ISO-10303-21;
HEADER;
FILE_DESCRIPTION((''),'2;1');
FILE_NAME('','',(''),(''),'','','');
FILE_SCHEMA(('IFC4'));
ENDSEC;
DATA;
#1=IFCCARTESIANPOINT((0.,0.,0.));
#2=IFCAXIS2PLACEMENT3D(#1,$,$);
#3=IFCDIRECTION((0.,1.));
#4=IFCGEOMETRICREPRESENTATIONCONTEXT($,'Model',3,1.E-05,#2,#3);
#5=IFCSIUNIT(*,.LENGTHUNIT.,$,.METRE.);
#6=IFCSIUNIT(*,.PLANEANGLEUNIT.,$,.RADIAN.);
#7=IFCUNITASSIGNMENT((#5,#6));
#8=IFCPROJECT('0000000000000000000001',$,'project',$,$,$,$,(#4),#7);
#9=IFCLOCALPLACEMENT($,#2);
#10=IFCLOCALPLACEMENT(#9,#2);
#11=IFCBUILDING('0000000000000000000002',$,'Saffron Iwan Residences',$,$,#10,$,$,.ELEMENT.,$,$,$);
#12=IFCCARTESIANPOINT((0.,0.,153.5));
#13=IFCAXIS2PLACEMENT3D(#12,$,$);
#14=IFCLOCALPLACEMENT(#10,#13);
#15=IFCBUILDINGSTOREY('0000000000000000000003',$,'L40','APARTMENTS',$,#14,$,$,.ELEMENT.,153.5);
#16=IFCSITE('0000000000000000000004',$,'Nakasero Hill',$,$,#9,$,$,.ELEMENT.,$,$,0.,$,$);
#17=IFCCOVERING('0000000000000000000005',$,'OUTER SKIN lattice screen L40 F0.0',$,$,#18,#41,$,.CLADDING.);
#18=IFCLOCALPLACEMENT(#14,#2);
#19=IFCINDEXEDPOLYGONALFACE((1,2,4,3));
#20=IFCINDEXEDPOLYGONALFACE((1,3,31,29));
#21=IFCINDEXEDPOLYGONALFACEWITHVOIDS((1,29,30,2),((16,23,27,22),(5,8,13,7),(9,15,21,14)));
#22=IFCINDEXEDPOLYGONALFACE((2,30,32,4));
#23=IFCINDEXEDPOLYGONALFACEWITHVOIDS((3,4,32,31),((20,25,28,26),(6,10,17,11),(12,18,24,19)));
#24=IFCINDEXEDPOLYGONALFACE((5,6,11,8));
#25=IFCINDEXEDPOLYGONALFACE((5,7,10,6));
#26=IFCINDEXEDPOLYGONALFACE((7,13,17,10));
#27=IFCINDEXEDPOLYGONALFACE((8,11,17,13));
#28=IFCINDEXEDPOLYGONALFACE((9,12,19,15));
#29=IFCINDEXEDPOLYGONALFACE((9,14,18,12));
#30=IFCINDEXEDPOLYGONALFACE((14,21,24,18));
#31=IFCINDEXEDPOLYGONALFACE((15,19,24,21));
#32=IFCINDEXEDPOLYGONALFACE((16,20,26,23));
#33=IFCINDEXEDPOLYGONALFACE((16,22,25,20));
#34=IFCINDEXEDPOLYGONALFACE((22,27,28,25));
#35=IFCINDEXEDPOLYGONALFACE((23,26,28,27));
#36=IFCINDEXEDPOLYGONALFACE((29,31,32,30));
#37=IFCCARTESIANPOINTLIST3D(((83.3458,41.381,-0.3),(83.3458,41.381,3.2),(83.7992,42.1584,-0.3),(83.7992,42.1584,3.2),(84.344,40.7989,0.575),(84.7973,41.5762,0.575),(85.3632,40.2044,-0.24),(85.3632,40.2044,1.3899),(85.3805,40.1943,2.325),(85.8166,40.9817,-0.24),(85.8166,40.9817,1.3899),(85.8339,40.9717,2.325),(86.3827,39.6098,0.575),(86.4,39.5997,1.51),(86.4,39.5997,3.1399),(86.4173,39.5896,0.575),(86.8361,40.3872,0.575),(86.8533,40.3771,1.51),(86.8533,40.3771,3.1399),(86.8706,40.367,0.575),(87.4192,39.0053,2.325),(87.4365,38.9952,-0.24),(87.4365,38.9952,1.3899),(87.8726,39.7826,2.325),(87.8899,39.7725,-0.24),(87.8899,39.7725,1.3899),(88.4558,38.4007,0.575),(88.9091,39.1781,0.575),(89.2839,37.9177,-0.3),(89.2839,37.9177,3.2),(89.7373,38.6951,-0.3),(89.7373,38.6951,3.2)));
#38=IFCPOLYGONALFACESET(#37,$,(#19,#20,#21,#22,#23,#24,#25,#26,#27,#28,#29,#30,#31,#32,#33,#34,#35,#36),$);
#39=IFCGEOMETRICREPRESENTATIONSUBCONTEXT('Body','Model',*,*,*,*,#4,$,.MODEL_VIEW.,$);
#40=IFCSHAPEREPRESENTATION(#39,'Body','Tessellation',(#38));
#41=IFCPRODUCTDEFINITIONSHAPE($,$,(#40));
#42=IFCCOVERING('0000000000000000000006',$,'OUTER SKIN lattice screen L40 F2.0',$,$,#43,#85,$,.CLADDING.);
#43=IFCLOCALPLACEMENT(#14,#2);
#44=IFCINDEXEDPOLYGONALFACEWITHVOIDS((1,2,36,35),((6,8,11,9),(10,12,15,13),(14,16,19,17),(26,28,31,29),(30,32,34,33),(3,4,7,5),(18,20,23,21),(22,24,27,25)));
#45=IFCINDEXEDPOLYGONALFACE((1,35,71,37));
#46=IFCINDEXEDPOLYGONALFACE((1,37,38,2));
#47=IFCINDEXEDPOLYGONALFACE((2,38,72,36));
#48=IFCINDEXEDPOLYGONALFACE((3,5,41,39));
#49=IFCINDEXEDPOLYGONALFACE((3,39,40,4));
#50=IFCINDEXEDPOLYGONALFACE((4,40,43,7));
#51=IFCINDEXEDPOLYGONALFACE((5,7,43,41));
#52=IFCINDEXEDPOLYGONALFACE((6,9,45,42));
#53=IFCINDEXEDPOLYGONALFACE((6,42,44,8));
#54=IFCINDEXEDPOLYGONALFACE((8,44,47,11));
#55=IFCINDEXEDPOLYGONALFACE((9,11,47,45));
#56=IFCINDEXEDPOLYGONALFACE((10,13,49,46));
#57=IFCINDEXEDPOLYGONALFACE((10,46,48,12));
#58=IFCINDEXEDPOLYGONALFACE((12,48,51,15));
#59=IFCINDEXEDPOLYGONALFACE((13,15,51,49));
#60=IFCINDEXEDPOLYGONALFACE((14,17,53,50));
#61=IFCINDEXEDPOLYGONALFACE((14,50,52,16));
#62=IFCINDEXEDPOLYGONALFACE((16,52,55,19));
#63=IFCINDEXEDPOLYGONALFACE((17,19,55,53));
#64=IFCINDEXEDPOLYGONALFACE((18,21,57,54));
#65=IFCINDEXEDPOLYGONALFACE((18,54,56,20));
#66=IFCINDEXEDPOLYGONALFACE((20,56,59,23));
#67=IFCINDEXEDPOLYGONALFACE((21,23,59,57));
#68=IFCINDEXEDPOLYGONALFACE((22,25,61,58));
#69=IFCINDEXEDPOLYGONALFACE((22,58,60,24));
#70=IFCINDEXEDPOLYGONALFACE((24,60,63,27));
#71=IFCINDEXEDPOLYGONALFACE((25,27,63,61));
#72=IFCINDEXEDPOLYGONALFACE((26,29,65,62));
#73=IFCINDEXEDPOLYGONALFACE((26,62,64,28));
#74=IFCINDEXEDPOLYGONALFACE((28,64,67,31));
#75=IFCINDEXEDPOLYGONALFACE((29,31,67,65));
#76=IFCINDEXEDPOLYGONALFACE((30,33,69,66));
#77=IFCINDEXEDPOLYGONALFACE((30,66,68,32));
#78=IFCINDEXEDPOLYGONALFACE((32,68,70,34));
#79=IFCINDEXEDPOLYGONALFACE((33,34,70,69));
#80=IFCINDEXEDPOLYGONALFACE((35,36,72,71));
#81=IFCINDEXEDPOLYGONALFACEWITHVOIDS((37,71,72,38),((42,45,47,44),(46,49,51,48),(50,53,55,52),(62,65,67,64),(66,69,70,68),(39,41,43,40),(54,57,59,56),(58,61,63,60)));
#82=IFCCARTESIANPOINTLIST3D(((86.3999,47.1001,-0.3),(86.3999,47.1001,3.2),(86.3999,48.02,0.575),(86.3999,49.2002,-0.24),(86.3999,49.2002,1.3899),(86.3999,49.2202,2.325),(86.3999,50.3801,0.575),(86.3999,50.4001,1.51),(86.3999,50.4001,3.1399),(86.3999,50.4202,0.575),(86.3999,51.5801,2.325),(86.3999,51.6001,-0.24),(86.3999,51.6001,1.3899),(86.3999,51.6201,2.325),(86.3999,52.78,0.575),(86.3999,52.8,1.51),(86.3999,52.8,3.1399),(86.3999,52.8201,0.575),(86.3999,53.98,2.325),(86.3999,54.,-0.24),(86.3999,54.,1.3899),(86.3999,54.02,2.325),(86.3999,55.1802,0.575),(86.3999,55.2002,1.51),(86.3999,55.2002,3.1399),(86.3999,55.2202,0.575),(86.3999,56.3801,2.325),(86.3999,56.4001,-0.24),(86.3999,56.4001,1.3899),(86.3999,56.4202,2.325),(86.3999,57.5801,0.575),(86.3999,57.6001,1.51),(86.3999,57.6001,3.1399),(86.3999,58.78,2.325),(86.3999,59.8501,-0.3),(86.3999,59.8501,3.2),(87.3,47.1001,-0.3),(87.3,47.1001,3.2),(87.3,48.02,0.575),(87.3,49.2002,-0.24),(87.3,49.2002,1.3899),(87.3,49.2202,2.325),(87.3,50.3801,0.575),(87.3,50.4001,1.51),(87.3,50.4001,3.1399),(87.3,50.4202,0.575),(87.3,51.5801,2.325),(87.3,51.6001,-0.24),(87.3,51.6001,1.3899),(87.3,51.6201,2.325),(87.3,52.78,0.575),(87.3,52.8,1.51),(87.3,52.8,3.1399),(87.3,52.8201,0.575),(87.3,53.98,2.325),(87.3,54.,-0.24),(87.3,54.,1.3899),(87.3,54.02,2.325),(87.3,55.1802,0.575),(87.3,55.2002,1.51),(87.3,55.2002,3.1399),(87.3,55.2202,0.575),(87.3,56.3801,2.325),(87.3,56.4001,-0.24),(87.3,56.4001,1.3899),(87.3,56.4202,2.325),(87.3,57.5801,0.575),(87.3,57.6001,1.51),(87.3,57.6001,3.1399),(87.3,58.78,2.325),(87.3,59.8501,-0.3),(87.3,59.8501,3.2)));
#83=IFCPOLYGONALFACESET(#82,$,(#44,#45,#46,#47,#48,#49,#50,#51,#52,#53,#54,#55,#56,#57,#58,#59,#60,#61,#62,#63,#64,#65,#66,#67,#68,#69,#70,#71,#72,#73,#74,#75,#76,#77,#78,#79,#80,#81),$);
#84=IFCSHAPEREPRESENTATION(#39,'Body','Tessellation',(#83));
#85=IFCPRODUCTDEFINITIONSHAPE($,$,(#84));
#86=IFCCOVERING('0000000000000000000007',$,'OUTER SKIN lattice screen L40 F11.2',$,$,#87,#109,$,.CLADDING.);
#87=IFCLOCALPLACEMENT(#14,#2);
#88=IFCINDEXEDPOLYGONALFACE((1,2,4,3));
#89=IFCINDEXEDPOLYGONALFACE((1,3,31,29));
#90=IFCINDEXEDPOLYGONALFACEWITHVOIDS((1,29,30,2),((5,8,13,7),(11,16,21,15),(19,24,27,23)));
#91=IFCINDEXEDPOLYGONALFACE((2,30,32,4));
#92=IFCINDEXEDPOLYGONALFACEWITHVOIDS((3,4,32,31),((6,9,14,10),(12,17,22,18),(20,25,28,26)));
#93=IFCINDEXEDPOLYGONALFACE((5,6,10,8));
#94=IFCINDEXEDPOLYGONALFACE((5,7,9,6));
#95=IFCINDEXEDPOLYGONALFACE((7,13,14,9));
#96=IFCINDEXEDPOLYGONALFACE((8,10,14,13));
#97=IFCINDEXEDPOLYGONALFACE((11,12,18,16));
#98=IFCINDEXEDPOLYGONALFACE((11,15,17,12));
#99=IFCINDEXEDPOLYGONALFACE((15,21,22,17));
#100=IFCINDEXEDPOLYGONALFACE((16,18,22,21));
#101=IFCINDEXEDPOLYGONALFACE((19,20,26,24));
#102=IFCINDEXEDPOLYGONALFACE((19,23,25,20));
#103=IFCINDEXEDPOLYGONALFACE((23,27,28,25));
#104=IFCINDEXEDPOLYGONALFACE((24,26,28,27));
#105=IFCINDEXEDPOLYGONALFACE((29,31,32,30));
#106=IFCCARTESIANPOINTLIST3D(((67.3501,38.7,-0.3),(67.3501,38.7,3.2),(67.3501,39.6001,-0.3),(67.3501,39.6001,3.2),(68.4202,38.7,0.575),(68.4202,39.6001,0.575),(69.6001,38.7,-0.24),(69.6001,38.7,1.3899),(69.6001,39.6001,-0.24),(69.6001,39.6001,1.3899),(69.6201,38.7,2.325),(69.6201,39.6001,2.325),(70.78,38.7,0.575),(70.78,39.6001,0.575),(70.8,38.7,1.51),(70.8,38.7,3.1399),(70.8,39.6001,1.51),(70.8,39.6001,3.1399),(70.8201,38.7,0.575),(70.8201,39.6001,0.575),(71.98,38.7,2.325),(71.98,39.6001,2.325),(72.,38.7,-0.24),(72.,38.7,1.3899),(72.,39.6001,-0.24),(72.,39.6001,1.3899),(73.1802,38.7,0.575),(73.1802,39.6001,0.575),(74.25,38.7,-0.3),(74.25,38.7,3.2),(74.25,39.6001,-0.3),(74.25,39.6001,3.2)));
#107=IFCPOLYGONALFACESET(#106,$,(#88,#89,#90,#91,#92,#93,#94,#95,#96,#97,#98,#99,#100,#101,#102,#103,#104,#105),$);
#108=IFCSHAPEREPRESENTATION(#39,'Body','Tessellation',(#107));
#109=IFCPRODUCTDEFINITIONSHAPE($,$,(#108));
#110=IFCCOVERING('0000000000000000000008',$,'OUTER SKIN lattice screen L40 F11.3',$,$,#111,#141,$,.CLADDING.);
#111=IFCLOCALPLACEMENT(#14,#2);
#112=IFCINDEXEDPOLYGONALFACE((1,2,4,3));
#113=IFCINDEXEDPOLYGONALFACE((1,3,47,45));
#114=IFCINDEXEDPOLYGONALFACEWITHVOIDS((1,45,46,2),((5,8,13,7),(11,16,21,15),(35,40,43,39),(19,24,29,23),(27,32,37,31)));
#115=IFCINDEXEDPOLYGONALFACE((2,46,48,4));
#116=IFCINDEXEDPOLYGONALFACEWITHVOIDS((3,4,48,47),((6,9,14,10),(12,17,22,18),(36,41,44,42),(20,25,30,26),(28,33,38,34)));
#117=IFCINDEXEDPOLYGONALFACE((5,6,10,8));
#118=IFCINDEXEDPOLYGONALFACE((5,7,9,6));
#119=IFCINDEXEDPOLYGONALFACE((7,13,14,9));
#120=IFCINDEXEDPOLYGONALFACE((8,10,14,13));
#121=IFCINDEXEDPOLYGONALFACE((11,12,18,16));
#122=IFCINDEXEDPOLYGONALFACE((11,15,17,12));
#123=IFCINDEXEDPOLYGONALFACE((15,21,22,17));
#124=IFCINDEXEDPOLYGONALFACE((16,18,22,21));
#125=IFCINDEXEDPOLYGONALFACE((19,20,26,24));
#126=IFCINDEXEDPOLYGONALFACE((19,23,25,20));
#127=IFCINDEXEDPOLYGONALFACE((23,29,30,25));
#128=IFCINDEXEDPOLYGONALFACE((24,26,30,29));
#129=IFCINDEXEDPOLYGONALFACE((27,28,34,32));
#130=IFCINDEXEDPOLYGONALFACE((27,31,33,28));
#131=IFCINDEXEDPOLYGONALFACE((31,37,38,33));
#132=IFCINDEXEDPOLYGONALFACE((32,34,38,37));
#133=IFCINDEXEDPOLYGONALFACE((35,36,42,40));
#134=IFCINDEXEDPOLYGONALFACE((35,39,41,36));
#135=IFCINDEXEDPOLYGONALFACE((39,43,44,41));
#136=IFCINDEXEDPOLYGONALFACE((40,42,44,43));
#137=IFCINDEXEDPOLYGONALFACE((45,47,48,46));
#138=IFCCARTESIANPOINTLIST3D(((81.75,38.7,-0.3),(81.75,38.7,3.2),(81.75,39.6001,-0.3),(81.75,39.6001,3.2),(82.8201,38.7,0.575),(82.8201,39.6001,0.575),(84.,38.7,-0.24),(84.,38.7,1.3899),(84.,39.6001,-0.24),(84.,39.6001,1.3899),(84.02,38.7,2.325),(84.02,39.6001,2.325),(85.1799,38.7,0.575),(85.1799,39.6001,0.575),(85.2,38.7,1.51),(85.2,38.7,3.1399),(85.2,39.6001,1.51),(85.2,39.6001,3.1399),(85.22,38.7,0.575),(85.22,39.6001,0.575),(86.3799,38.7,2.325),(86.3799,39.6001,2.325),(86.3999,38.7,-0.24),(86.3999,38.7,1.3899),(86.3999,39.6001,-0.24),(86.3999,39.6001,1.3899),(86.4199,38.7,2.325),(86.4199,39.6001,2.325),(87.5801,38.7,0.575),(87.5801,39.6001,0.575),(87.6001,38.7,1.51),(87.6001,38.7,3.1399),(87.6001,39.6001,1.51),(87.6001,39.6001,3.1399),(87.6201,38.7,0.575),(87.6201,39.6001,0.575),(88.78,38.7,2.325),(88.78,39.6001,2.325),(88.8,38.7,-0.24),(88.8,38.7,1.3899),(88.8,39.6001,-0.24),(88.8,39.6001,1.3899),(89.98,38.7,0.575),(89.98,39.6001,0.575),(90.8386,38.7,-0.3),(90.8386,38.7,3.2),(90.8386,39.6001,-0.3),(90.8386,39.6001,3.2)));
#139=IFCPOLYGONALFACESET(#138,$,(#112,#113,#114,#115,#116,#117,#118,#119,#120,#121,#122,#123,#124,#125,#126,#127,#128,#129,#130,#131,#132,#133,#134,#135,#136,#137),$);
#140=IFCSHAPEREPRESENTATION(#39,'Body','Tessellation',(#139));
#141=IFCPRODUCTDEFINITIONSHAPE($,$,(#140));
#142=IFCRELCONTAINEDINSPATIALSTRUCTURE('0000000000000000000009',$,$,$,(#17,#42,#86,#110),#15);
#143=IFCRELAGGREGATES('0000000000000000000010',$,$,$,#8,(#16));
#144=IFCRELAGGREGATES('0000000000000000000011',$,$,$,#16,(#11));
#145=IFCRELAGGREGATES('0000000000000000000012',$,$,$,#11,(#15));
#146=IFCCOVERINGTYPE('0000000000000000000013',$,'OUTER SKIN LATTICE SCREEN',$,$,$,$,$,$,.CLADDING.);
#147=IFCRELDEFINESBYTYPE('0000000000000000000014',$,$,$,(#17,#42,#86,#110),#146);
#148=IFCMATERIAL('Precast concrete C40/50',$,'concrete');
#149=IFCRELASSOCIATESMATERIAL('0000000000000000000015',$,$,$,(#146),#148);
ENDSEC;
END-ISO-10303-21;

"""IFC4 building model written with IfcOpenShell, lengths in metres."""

from ifc_helpers import new_model, si_unit, direction, frame, origin, place, context, subcontext, project, spatial, polyline, outline, extrude, material, type_object, element, save


model = new_model("IFC4")

# Units and contexts
model_context = context("Model", 3, precision=1e-05, world=origin(), true_north=direction((0.0, 1.0)))
body_context = subcontext(model_context, "Body", "Model", "MODEL_VIEW")
ifc_project = project(units=[si_unit("LENGTHUNIT", "METRE"), si_unit("PLANEANGLEUNIT", "RADIAN")], contexts=[model_context])

# Site, building, storey
site_placement = place(None, origin())
site = spatial("IfcSite", under=ifc_project, at=site_placement, Name="Nakasero Hill", CompositionType="ELEMENT", RefElevation=0.0)
building_placement = place(site_placement, origin())
building = spatial("IfcBuilding", under=site, at=building_placement, Name="Saffron Iwan Residences", CompositionType="ELEMENT")
storey_placement = place(building_placement, frame((0.0, 0.0, 153.5)))
storey = spatial("IfcBuildingStorey", under=building, at=storey_placement, Name="L40", Description="APARTMENTS", CompositionType="ELEMENT", Elevation=153.5)

# Coverings
ifc_material_1 = material(Name="Precast concrete C40/50", Category="concrete")
covering_type = type_object("IfcCoveringType", Name="OUTER SKIN LATTICE SCREEN", PredefinedType="CLADDING", material=ifc_material_1)
covering_1_placement = place(storey_placement, frame((89.2839, 37.9177, -0.3), z_axis=(0.503804, 0.863818, 0.0), x_axis=(-0.863818, 0.503804, 0.0)))
element("IfcCovering", 1, at=covering_1_placement, inside=storey, type_object=covering_type, Name="OUTER SKIN lattice screen L40 F0.0", PredefinedType="CLADDING", context=body_context, shape_type="SweptSolid", body=[
    extrude(outline(polyline([(0.0, 0.0), (6.8743, 0.0), (6.8743, 3.5), (0.0, 3.5), (0.0, 0.0)]), holes=[polyline([(0.9587, 0.875), (2.1387, 0.0601), (3.3186, 0.875), (2.1387, 1.6899), (0.9587, 0.875)]), polyline([(3.3586, 0.875), (4.5388, 0.0601), (5.7188, 0.875), (4.5388, 1.6899), (3.3586, 0.875)]), polyline([(2.1587, 2.625), (3.3386, 1.8101), (4.5188, 2.625), (3.3386, 3.4399), (2.1587, 2.625)])]), origin(), (0.0, 0.0, 1.0), 0.8999),
])
covering_2_placement = place(storey_placement, frame((86.3999, 47.1001, -0.3), z_axis=(1.0, 0.0, 0.0), x_axis=(0.0, 1.0, 0.0)))
element("IfcCovering", 2, at=covering_2_placement, inside=storey, type_object=covering_type, Name="OUTER SKIN lattice screen L40 F2.0", PredefinedType="CLADDING", context=body_context, shape_type="SweptSolid", body=[
    extrude(outline(polyline([(0.0, 0.0), (12.75, 0.0), (12.75, 3.5), (0.0, 3.5), (0.0, 0.0)]), holes=[polyline([(0.9199, 0.875), (2.1001, 0.0601), (3.28, 0.875), (2.1001, 1.6899), (0.9199, 0.875)]), polyline([(3.3201, 0.875), (4.5, 0.0601), (5.6799, 0.875), (4.5, 1.6899), (3.3201, 0.875)]), polyline([(5.72, 0.875), (6.8999, 0.0601), (8.0801, 0.875), (6.8999, 1.6899), (5.72, 0.875)]), polyline([(8.1201, 0.875), (9.3, 0.0601), (10.48, 0.875), (9.3, 1.6899), (8.1201, 0.875)]), polyline([(2.1201, 2.625), (3.3, 1.8101), (4.48, 2.625), (3.3, 3.4399), (2.1201, 2.625)]), polyline([(4.52, 2.625), (5.7, 1.8101), (6.8799, 2.625), (5.7, 3.4399), (4.52, 2.625)]), polyline([(6.9199, 2.625), (8.1001, 1.8101), (9.28, 2.625), (8.1001, 3.4399), (6.9199, 2.625)]), polyline([(9.3201, 2.625), (10.5, 1.8101), (11.6799, 2.625), (10.5, 3.4399), (9.3201, 2.625)])]), origin(), (0.0, 0.0, 1.0), 0.9001),
])
covering_3_placement = place(storey_placement, frame((67.3501, 39.6001, -0.3), z_axis=(0.0, -1.0, 0.0), x_axis=(1.0, 0.0, 0.0)))
element("IfcCovering", 3, at=covering_3_placement, inside=storey, type_object=covering_type, Name="OUTER SKIN lattice screen L40 F11.2", PredefinedType="CLADDING", context=body_context, shape_type="SweptSolid", body=[
    extrude(outline(polyline([(0.0, 0.0), (6.8999, 0.0), (6.8999, 3.5), (0.0, 3.5), (0.0, 0.0)]), holes=[polyline([(1.0701, 0.875), (2.25, 0.0601), (3.4299, 0.875), (2.25, 1.6899), (1.0701, 0.875)]), polyline([(3.47, 0.875), (4.6499, 0.0601), (5.8301, 0.875), (4.6499, 1.6899), (3.47, 0.875)]), polyline([(2.27, 2.625), (3.45, 1.8101), (4.6299, 2.625), (3.45, 3.4399), (2.27, 2.625)])]), origin(), (0.0, 0.0, 1.0), 0.9001),
])
covering_4_placement = place(storey_placement, frame((81.75, 39.6001, -0.3), z_axis=(0.0, -1.0, 0.0), x_axis=(1.0, 0.0, 0.0)))
element("IfcCovering", 4, at=covering_4_placement, inside=storey, type_object=covering_type, Name="OUTER SKIN lattice screen L40 F11.3", PredefinedType="CLADDING", context=body_context, shape_type="SweptSolid", body=[
    extrude(outline(polyline([(0.0, 0.0), (9.0886, 0.0), (9.0886, 3.5), (0.0, 3.5), (0.0, 0.0)]), holes=[polyline([(1.0701, 0.875), (2.25, 0.0601), (3.4299, 0.875), (2.25, 1.6899), (1.0701, 0.875)]), polyline([(3.47, 0.875), (4.6499, 0.0601), (5.8301, 0.875), (4.6499, 1.6899), (3.47, 0.875)]), polyline([(5.8701, 0.875), (7.05, 0.0601), (8.23, 0.875), (7.05, 1.6899), (5.8701, 0.875)]), polyline([(2.27, 2.625), (3.45, 1.8101), (4.6299, 2.625), (3.45, 3.4399), (2.27, 2.625)]), polyline([(4.6699, 2.625), (5.8501, 1.8101), (7.03, 2.625), (5.8501, 3.4399), (4.6699, 2.625)])]), origin(), (0.0, 0.0, 1.0), 0.9001),
])

save(model, "model.ifc")
